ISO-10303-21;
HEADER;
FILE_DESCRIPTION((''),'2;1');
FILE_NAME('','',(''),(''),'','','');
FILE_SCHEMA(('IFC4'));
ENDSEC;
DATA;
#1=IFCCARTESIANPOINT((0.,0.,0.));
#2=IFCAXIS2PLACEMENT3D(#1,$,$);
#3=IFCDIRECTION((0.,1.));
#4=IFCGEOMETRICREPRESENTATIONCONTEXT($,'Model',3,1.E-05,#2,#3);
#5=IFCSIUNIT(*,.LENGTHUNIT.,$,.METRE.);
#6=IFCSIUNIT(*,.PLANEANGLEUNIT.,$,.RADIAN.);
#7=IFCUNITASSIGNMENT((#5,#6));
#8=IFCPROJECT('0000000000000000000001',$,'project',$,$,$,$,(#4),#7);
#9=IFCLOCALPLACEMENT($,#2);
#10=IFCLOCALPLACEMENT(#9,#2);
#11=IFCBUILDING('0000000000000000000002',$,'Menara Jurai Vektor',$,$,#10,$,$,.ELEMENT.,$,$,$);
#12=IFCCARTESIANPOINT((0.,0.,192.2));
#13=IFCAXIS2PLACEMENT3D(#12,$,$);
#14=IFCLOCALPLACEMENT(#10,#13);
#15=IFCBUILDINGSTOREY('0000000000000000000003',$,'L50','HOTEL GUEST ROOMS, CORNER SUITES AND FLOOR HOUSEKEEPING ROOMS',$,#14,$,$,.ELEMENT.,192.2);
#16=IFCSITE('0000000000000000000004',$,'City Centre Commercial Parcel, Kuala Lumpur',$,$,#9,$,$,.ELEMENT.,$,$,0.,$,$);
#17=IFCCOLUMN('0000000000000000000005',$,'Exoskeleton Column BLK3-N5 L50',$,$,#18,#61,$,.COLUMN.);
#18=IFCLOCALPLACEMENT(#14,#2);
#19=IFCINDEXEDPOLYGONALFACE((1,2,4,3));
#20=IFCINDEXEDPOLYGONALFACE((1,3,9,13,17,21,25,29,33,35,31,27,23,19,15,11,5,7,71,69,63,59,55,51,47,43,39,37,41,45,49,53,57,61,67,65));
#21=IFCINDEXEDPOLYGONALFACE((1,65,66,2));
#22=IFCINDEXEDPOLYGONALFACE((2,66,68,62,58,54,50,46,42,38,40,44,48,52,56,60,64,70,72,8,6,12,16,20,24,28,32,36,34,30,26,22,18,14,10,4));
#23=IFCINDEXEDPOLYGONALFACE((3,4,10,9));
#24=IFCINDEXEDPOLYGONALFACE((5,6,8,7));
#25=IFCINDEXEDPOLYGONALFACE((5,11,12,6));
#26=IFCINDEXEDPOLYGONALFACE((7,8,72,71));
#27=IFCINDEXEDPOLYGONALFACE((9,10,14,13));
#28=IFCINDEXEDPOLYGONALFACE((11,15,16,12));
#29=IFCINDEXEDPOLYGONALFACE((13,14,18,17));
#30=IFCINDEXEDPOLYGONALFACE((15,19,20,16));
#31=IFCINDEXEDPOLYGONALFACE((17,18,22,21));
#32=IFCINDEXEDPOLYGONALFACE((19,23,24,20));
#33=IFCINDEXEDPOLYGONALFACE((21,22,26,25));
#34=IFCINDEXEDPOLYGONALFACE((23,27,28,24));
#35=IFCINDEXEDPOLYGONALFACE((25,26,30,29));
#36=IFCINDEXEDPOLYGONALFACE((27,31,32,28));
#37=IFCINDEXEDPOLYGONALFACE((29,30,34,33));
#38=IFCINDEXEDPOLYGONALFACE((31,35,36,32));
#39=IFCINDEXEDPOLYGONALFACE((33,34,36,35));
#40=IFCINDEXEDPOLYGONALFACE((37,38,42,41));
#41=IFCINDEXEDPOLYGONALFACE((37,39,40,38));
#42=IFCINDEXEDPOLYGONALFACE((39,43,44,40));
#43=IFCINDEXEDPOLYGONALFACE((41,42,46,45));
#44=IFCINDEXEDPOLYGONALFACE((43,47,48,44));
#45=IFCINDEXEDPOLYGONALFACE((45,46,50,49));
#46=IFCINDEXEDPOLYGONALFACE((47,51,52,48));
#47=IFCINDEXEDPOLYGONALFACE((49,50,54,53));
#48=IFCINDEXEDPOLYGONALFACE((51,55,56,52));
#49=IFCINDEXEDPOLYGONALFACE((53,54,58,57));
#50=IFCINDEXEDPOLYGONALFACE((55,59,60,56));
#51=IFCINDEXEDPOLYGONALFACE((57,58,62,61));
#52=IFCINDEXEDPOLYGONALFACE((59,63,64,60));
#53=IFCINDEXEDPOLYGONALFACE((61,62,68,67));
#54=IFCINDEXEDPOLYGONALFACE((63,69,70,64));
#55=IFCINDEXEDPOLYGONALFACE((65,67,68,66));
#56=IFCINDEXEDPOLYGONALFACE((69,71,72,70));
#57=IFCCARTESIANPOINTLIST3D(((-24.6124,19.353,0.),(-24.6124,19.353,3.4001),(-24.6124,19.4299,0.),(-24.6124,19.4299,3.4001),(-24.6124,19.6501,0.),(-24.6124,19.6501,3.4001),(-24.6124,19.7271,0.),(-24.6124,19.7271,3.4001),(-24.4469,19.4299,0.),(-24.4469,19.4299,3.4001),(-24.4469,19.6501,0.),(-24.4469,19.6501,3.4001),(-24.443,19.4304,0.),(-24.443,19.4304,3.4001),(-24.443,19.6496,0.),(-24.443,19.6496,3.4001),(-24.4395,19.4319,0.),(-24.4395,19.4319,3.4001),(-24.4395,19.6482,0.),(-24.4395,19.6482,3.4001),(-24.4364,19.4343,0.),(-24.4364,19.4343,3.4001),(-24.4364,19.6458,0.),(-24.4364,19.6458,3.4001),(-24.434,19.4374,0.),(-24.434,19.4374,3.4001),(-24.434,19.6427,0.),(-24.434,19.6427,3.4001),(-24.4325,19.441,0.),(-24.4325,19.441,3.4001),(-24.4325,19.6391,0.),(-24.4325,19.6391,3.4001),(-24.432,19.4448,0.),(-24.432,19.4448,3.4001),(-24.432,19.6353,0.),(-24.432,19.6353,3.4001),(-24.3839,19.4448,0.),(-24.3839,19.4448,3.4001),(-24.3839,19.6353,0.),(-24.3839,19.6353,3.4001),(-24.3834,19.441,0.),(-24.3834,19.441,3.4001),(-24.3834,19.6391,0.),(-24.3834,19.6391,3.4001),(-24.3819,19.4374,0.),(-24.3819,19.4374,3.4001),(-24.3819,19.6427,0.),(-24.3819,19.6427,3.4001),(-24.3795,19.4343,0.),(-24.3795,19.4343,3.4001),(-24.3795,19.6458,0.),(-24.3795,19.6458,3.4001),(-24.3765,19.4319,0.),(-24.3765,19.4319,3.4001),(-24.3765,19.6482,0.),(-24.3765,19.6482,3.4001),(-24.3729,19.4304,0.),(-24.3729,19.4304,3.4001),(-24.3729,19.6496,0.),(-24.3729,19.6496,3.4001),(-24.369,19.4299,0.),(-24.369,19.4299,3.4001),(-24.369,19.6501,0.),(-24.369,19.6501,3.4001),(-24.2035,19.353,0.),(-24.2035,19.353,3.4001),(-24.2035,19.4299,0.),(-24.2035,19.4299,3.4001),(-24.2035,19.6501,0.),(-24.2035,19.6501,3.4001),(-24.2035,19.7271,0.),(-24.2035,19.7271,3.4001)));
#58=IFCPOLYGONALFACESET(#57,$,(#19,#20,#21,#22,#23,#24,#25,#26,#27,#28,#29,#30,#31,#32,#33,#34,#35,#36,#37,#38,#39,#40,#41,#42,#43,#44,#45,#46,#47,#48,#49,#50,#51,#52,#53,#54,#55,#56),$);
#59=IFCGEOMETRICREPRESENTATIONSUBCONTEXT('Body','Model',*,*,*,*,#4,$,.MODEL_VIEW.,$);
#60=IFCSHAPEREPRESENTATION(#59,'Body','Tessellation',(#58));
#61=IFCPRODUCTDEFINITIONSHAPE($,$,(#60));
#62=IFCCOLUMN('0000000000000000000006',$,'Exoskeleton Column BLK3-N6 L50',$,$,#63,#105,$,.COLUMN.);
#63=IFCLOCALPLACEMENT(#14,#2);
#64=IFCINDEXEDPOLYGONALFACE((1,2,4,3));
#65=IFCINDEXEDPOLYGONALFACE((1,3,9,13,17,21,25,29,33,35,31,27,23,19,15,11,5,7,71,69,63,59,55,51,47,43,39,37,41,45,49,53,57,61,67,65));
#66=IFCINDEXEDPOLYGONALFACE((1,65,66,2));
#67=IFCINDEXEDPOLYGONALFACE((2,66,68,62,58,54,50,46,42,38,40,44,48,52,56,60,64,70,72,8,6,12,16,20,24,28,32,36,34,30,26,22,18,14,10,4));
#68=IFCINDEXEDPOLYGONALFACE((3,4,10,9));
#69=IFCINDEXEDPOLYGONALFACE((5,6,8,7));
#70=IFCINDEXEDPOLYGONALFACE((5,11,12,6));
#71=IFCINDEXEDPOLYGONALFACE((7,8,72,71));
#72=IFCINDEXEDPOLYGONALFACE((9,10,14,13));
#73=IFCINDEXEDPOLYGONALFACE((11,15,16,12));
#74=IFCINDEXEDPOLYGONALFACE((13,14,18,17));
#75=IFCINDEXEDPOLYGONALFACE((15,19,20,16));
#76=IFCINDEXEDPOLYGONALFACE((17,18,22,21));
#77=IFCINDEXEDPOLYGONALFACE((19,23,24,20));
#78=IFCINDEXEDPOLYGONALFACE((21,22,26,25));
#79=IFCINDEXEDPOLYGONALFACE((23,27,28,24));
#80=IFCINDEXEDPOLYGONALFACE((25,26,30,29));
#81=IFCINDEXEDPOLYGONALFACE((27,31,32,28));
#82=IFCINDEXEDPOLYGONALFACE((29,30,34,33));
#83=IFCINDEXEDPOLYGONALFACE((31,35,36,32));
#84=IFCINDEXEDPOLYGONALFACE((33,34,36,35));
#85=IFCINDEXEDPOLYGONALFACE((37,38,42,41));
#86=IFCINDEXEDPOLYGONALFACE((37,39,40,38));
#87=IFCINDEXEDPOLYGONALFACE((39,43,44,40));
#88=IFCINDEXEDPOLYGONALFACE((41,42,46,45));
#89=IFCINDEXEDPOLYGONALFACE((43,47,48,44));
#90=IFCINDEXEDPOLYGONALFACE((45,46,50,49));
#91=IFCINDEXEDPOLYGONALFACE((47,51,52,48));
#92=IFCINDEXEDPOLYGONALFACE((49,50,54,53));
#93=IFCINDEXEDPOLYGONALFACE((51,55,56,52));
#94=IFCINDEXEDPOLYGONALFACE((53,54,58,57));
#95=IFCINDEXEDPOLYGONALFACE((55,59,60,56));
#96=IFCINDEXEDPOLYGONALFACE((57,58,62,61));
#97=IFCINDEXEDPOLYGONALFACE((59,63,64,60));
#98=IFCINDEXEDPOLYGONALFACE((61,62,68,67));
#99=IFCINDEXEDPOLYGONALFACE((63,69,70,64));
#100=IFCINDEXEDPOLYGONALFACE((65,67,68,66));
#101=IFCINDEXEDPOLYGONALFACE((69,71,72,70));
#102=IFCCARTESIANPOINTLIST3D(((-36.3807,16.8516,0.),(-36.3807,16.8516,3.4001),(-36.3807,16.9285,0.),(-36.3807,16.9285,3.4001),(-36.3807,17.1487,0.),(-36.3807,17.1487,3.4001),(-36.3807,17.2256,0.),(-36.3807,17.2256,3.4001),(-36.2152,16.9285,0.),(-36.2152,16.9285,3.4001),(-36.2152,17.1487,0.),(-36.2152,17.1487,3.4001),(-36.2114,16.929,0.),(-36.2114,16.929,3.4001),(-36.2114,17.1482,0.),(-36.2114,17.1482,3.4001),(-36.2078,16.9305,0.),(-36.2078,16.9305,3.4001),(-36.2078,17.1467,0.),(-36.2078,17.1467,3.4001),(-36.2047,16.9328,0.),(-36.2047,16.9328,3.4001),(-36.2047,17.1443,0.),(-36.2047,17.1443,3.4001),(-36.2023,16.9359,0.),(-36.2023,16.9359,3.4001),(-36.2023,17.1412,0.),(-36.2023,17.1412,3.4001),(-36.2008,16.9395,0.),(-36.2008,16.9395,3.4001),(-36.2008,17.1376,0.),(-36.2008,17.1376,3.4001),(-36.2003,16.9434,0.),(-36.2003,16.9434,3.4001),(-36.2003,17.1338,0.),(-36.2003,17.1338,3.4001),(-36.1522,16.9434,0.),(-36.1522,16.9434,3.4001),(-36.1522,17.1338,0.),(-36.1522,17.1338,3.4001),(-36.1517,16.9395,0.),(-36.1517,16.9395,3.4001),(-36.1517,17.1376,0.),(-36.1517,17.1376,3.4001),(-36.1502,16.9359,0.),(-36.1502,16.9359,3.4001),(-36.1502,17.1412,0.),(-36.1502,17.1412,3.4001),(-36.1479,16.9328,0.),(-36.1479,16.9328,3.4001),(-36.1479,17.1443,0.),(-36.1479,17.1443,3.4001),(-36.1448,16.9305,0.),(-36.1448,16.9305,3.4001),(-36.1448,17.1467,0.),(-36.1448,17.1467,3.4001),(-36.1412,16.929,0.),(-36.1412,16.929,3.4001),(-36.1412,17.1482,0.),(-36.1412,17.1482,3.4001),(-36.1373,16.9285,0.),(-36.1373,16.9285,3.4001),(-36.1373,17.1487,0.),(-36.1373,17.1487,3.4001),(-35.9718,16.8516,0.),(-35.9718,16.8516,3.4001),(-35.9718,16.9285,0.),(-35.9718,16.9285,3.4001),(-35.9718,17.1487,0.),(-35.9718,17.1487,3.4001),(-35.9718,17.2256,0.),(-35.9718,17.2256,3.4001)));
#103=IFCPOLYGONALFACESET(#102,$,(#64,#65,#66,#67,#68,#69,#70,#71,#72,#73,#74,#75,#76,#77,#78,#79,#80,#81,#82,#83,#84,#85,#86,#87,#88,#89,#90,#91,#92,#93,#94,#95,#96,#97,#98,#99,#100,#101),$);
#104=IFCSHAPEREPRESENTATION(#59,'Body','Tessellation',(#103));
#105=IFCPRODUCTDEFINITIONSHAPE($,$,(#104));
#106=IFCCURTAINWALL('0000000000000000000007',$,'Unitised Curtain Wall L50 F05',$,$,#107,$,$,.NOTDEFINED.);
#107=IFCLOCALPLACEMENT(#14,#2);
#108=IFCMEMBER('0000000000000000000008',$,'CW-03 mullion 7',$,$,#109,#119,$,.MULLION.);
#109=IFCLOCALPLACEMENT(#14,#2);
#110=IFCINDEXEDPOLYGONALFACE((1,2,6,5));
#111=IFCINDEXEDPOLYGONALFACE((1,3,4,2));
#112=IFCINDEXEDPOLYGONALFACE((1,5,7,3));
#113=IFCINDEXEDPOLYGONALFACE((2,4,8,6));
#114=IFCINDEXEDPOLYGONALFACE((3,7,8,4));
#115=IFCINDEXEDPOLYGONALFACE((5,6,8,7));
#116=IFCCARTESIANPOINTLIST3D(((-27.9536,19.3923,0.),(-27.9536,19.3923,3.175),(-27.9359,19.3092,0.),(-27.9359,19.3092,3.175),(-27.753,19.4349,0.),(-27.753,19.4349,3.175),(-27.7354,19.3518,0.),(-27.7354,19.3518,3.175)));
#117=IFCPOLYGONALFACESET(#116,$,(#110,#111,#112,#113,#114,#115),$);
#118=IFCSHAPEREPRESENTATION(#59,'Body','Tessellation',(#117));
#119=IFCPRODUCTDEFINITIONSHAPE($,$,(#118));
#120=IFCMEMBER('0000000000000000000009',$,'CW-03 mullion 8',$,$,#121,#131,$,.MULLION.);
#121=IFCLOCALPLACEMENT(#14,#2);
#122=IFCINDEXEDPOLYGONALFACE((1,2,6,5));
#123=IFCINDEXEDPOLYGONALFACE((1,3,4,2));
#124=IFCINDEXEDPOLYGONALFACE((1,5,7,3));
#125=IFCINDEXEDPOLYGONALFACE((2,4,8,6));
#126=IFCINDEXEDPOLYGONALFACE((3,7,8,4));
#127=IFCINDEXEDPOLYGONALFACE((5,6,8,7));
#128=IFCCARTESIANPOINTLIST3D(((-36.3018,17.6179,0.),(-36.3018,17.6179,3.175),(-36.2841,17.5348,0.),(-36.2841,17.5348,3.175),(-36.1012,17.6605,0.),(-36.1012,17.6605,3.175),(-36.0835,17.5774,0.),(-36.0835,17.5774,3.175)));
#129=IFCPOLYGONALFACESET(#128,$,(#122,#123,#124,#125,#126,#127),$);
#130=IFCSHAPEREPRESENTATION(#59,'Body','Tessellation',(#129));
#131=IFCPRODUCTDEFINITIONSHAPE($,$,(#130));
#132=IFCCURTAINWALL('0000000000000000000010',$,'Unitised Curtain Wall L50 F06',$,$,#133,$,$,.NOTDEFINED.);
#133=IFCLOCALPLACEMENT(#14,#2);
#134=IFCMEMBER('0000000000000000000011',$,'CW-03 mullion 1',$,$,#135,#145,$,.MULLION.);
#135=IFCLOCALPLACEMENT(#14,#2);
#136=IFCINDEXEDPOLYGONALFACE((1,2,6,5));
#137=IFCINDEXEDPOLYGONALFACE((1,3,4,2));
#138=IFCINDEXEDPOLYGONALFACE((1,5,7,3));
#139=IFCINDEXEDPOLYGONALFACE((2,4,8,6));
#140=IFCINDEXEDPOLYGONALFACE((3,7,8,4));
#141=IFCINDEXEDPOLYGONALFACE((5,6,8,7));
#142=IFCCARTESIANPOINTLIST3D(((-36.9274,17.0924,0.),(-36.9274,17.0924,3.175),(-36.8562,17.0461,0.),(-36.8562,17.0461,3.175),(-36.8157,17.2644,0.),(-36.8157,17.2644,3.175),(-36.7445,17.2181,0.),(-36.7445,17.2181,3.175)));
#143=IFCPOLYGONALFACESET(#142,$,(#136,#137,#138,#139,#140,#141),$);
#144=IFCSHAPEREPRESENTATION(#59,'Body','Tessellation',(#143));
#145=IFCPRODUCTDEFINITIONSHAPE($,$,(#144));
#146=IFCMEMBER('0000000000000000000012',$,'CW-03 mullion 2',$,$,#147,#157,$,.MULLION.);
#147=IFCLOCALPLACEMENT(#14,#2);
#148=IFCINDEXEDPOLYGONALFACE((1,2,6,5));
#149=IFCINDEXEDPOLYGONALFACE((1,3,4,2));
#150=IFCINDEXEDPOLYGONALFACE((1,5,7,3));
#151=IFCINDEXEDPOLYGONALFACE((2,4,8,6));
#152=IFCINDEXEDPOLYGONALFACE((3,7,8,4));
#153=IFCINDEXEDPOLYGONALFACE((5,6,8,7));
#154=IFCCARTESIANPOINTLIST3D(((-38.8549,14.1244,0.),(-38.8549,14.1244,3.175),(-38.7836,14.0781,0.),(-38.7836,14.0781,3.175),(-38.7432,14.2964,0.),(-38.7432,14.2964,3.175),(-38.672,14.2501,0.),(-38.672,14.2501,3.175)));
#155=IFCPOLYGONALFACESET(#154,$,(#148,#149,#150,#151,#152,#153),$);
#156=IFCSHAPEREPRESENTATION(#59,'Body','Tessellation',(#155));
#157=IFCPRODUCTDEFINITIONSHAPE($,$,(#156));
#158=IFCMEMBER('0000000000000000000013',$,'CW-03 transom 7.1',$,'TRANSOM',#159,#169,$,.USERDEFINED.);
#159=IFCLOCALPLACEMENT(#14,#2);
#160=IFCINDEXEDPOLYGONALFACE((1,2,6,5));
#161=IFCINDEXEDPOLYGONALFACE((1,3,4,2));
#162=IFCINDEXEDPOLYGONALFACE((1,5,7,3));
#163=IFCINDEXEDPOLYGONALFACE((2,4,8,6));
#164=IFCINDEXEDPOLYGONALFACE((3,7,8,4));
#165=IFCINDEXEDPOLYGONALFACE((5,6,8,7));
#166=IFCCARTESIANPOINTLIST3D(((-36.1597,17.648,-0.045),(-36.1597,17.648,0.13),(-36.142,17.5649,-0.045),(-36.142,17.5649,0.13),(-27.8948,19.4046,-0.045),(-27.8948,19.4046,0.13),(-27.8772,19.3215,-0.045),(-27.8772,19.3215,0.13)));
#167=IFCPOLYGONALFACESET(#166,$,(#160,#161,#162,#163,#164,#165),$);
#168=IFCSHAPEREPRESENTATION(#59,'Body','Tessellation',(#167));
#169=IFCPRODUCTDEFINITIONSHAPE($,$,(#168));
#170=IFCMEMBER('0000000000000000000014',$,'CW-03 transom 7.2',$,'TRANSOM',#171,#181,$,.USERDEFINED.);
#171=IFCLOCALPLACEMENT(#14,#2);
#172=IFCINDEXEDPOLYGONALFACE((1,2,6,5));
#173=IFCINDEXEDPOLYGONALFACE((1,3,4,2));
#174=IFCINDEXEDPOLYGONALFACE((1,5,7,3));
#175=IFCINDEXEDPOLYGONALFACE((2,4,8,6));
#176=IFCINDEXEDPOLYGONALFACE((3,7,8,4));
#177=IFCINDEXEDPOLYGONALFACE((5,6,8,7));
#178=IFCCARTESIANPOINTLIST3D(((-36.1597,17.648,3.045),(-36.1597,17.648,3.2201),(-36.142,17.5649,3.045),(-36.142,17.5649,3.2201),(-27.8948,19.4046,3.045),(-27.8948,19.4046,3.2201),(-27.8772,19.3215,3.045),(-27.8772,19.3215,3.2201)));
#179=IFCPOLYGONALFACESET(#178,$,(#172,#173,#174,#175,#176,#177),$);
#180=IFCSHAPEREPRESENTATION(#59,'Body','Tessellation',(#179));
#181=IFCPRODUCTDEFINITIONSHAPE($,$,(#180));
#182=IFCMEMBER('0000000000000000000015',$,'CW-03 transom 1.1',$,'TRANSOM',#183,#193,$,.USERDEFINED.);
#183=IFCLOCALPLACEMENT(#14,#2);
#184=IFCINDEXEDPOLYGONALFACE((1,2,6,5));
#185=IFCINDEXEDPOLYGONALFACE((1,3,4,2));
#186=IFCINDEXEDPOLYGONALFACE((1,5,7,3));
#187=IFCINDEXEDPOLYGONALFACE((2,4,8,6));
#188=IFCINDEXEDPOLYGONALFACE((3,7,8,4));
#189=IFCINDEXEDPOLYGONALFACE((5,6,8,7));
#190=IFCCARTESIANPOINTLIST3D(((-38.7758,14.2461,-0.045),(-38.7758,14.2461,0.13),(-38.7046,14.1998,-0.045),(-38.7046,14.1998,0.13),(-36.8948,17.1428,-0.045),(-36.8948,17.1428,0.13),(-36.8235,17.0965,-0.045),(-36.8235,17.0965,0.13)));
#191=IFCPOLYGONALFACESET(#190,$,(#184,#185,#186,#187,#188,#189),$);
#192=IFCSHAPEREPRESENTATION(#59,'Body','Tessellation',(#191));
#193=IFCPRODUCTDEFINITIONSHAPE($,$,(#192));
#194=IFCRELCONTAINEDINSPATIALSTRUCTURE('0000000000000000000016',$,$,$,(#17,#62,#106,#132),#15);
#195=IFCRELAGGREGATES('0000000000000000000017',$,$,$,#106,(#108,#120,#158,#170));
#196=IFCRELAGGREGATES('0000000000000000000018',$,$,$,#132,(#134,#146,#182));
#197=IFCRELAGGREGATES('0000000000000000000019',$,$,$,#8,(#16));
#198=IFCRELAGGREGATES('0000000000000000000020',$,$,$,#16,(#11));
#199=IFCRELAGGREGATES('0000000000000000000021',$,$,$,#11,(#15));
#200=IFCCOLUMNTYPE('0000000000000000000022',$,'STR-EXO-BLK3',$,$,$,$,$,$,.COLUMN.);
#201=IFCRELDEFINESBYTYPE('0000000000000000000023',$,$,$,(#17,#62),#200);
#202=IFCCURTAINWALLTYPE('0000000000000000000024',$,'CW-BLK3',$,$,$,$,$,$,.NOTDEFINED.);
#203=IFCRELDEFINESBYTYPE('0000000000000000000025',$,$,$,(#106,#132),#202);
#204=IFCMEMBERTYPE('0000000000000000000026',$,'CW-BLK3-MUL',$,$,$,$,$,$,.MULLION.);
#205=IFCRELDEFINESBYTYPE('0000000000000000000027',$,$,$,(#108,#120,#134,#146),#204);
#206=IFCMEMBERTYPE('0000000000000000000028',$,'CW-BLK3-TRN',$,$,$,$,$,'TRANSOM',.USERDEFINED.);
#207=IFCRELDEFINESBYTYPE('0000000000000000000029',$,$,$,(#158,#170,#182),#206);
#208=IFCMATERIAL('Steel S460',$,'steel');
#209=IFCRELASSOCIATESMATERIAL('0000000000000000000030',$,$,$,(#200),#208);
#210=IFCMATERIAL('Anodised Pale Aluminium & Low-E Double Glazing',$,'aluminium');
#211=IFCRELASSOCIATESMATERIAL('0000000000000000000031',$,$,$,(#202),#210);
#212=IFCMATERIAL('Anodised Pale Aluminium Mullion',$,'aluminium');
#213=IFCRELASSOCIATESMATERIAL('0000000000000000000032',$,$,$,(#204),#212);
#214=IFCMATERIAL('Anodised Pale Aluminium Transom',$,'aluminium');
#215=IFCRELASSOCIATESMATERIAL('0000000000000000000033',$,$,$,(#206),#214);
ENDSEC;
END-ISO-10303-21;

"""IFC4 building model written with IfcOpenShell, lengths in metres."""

from ifc_helpers import new_model, si_unit, direction, frame, origin, origin_2d, place, context, subcontext, project, spatial, rectangle, i_section, extrude, material, material_profile, profile_set, type_object, element, aggregate, save


model = new_model("IFC4")

# Units and contexts
model_context = context("Model", 3, precision=1e-05, world=origin(), true_north=direction((0.0, 1.0)))
body_context = subcontext(model_context, "Body", "Model", "MODEL_VIEW")
ifc_project = project(units=[si_unit("LENGTHUNIT", "METRE"), si_unit("PLANEANGLEUNIT", "RADIAN")], contexts=[model_context])

# Site, building, storey
site_placement = place(None, origin())
site = spatial("IfcSite", under=ifc_project, at=site_placement, Name="City Centre Commercial Parcel, Kuala Lumpur", CompositionType="ELEMENT", RefElevation=0.0)
building_placement = place(site_placement, origin())
building = spatial("IfcBuilding", under=site, at=building_placement, Name="Menara Jurai Vektor", CompositionType="ELEMENT")
storey_placement = place(building_placement, frame((0.0, 0.0, 192.2)))
storey = spatial("IfcBuildingStorey", under=building, at=storey_placement, Name="L50", Description="HOTEL GUEST ROOMS, CORNER SUITES AND FLOOR HOUSEKEEPING ROOMS", CompositionType="ELEMENT", Elevation=192.2)

# Columns
ifc_material_1 = material(Name="Steel S460", Category="steel")
ifc_material_profile_1 = material_profile(ifc_material_1, i_section(OverallWidth=0.4089, OverallDepth=0.374, WebThickness=0.0481, FlangeThickness=0.0769, FilletRadius=0.0149, at=origin_2d()), Name="HD 400x634")
ifc_profile_set_1 = profile_set([ifc_material_profile_1], Name="Steel S460")
column_type = type_object("IfcColumnType", Name="STR-EXO-BLK3", PredefinedType="COLUMN", material=ifc_profile_set_1)
for number, where, z_axis, x_axis, name in (
    (1, (-24.408, 19.54, 0.0), (0.0, 0.0, 1.0), (1.0, 0.0, 0.0), "Exoskeleton Column BLK3-N5 L50"),
    (2, (-36.1763, 17.0386, 0.0), (0.0, 0.0, 1.0), (1.0, 0.0, 0.0), "Exoskeleton Column BLK3-N6 L50"),
):
    element("IfcColumn", number, at=place(storey_placement, frame(where, z_axis=z_axis, x_axis=x_axis)), inside=storey, type_object=column_type, Name=name, PredefinedType="COLUMN", context=body_context, shape_type="SweptSolid", body=[
        extrude(i_section(OverallWidth=0.4089, OverallDepth=0.374, WebThickness=0.0481, FlangeThickness=0.0769, FilletRadius=0.0149, at=origin_2d()), origin(), (0.0, 0.0, 1.0), 3.4001),
    ])

# Curtain walls, members
ifc_material_2 = material(Name="Anodised Pale Aluminium & Low-E Double Glazing", Category="aluminium")
curtain_wall_type = type_object("IfcCurtainWallType", Name="CW-BLK3", PredefinedType="NOTDEFINED", material=ifc_material_2)
curtain_wall_1_placement = place(storey_placement, origin())
curtain_wall_1 = element("IfcCurtainWall", 3, at=curtain_wall_1_placement, inside=storey, type_object=curtain_wall_type, Name="Unitised Curtain Wall L50 F05", PredefinedType="NOTDEFINED")
ifc_material_3 = material(Name="Anodised Pale Aluminium Mullion", Category="aluminium")
ifc_material_profile_2 = material_profile(ifc_material_3, rectangle(XDim=0.085, YDim=0.2051, at=origin_2d()), Name="ALU MUL 85x205")
ifc_profile_set_2 = profile_set([ifc_material_profile_2], Name="Anodised Pale Aluminium Mullion")
member_type_1 = type_object("IfcMemberType", Name="CW-BLK3-MUL", PredefinedType="MULLION", material=ifc_profile_set_2)
member_1_placement = place(storey_placement, frame((-27.8445, 19.3721, 0.0), z_axis=(0.0, 0.0, 1.0), x_axis=(0.207911, -0.978148, 0.0)))
member_1 = element("IfcMember", 4, at=member_1_placement, type_object=member_type_1, Name="CW-03 mullion 7", PredefinedType="MULLION", context=body_context, shape_type="SweptSolid", body=[
    extrude(rectangle(XDim=0.085, YDim=0.2051, at=origin_2d()), origin(), (0.0, 0.0, 1.0), 3.175),
])
member_2_placement = place(storey_placement, frame((-36.1926, 17.5977, 0.0), z_axis=(0.0, 0.0, 1.0), x_axis=(0.207911, -0.978148, 0.0)))
member_2 = element("IfcMember", 5, at=member_2_placement, type_object=member_type_1, Name="CW-03 mullion 8", PredefinedType="MULLION", context=body_context, shape_type="SweptSolid", body=[
    extrude(rectangle(XDim=0.085, YDim=0.2051, at=origin_2d()), origin(), (0.0, 0.0, 1.0), 3.175),
])
curtain_wall_2_placement = place(storey_placement, origin())
curtain_wall_2 = element("IfcCurtainWall", 6, at=curtain_wall_2_placement, inside=storey, type_object=curtain_wall_type, Name="Unitised Curtain Wall L50 F06", PredefinedType="NOTDEFINED")
member_3_placement = place(storey_placement, frame((-36.8359, 17.1553, 0.0), z_axis=(0.0, 0.0, 1.0), x_axis=(0.838684, -0.544618, 0.0)))
member_3 = element("IfcMember", 7, at=member_3_placement, type_object=member_type_1, Name="CW-03 mullion 1", PredefinedType="MULLION", context=body_context, shape_type="SweptSolid", body=[
    extrude(rectangle(XDim=0.085, YDim=0.2051, at=origin_2d()), origin(), (0.0, 0.0, 1.0), 3.175),
])
member_4_placement = place(storey_placement, frame((-38.7634, 14.1873, 0.0), z_axis=(0.0, 0.0, 1.0), x_axis=(0.838684, -0.544618, 0.0)))
member_4 = element("IfcMember", 8, at=member_4_placement, type_object=member_type_1, Name="CW-03 mullion 2", PredefinedType="MULLION", context=body_context, shape_type="SweptSolid", body=[
    extrude(rectangle(XDim=0.085, YDim=0.2051, at=origin_2d()), origin(), (0.0, 0.0, 1.0), 3.175),
])

# Members
ifc_material_4 = material(Name="Anodised Pale Aluminium Transom", Category="aluminium")
ifc_material_profile_3 = material_profile(ifc_material_4, rectangle(XDim=0.085, YDim=0.175, at=origin_2d()), Name="ALU TRN 85x175")
ifc_profile_set_3 = profile_set([ifc_material_profile_3], Name="Anodised Pale Aluminium Transom")
member_type_2 = type_object("IfcMemberType", Name="CW-BLK3-TRN", ElementType="TRANSOM", PredefinedType="USERDEFINED", material=ifc_profile_set_3)
member_5_placement = place(storey_placement, frame((-27.886, 19.363, 0.0425), z_axis=(-0.978152, -0.207893, 0.0), x_axis=(0.207893, -0.978152, 0.0)))
member_5 = element("IfcMember", 9, at=member_5_placement, type_object=member_type_2, Name="CW-03 transom 7.1", ObjectType="TRANSOM", PredefinedType="USERDEFINED", context=body_context, shape_type="SweptSolid", body=[
    extrude(rectangle(XDim=0.085, YDim=0.175, at=origin_2d()), origin(), (0.0, 0.0, 1.0), 8.4495),
])
member_6_placement = place(storey_placement, frame((-27.886, 19.363, 3.1326), z_axis=(-0.978152, -0.207893, 0.0), x_axis=(0.207893, -0.978152, 0.0)))
member_6 = element("IfcMember", 10, at=member_6_placement, type_object=member_type_2, Name="CW-03 transom 7.2", ObjectType="TRANSOM", PredefinedType="USERDEFINED", context=body_context, shape_type="SweptSolid", body=[
    extrude(rectangle(XDim=0.085, YDim=0.175, at=origin_2d()), origin(), (0.0, 0.0, 1.0), 8.4495),
])
member_7_placement = place(storey_placement, frame((-36.8591, 17.1196, 0.0425), z_axis=(-0.544628, -0.838678, 0.0), x_axis=(0.838678, -0.544628, 0.0)))
member_7 = element("IfcMember", 11, at=member_7_placement, type_object=member_type_2, Name="CW-03 transom 1.1", ObjectType="TRANSOM", PredefinedType="USERDEFINED", context=body_context, shape_type="SweptSolid", body=[
    extrude(rectangle(XDim=0.085, YDim=0.175, at=origin_2d()), origin(), (0.0, 0.0, 1.0), 3.4539),
])

aggregate(curtain_wall_1, [member_1, member_2, member_5, member_6])
aggregate(curtain_wall_2, [member_3, member_4, member_7])

save(model, "model.ifc")
